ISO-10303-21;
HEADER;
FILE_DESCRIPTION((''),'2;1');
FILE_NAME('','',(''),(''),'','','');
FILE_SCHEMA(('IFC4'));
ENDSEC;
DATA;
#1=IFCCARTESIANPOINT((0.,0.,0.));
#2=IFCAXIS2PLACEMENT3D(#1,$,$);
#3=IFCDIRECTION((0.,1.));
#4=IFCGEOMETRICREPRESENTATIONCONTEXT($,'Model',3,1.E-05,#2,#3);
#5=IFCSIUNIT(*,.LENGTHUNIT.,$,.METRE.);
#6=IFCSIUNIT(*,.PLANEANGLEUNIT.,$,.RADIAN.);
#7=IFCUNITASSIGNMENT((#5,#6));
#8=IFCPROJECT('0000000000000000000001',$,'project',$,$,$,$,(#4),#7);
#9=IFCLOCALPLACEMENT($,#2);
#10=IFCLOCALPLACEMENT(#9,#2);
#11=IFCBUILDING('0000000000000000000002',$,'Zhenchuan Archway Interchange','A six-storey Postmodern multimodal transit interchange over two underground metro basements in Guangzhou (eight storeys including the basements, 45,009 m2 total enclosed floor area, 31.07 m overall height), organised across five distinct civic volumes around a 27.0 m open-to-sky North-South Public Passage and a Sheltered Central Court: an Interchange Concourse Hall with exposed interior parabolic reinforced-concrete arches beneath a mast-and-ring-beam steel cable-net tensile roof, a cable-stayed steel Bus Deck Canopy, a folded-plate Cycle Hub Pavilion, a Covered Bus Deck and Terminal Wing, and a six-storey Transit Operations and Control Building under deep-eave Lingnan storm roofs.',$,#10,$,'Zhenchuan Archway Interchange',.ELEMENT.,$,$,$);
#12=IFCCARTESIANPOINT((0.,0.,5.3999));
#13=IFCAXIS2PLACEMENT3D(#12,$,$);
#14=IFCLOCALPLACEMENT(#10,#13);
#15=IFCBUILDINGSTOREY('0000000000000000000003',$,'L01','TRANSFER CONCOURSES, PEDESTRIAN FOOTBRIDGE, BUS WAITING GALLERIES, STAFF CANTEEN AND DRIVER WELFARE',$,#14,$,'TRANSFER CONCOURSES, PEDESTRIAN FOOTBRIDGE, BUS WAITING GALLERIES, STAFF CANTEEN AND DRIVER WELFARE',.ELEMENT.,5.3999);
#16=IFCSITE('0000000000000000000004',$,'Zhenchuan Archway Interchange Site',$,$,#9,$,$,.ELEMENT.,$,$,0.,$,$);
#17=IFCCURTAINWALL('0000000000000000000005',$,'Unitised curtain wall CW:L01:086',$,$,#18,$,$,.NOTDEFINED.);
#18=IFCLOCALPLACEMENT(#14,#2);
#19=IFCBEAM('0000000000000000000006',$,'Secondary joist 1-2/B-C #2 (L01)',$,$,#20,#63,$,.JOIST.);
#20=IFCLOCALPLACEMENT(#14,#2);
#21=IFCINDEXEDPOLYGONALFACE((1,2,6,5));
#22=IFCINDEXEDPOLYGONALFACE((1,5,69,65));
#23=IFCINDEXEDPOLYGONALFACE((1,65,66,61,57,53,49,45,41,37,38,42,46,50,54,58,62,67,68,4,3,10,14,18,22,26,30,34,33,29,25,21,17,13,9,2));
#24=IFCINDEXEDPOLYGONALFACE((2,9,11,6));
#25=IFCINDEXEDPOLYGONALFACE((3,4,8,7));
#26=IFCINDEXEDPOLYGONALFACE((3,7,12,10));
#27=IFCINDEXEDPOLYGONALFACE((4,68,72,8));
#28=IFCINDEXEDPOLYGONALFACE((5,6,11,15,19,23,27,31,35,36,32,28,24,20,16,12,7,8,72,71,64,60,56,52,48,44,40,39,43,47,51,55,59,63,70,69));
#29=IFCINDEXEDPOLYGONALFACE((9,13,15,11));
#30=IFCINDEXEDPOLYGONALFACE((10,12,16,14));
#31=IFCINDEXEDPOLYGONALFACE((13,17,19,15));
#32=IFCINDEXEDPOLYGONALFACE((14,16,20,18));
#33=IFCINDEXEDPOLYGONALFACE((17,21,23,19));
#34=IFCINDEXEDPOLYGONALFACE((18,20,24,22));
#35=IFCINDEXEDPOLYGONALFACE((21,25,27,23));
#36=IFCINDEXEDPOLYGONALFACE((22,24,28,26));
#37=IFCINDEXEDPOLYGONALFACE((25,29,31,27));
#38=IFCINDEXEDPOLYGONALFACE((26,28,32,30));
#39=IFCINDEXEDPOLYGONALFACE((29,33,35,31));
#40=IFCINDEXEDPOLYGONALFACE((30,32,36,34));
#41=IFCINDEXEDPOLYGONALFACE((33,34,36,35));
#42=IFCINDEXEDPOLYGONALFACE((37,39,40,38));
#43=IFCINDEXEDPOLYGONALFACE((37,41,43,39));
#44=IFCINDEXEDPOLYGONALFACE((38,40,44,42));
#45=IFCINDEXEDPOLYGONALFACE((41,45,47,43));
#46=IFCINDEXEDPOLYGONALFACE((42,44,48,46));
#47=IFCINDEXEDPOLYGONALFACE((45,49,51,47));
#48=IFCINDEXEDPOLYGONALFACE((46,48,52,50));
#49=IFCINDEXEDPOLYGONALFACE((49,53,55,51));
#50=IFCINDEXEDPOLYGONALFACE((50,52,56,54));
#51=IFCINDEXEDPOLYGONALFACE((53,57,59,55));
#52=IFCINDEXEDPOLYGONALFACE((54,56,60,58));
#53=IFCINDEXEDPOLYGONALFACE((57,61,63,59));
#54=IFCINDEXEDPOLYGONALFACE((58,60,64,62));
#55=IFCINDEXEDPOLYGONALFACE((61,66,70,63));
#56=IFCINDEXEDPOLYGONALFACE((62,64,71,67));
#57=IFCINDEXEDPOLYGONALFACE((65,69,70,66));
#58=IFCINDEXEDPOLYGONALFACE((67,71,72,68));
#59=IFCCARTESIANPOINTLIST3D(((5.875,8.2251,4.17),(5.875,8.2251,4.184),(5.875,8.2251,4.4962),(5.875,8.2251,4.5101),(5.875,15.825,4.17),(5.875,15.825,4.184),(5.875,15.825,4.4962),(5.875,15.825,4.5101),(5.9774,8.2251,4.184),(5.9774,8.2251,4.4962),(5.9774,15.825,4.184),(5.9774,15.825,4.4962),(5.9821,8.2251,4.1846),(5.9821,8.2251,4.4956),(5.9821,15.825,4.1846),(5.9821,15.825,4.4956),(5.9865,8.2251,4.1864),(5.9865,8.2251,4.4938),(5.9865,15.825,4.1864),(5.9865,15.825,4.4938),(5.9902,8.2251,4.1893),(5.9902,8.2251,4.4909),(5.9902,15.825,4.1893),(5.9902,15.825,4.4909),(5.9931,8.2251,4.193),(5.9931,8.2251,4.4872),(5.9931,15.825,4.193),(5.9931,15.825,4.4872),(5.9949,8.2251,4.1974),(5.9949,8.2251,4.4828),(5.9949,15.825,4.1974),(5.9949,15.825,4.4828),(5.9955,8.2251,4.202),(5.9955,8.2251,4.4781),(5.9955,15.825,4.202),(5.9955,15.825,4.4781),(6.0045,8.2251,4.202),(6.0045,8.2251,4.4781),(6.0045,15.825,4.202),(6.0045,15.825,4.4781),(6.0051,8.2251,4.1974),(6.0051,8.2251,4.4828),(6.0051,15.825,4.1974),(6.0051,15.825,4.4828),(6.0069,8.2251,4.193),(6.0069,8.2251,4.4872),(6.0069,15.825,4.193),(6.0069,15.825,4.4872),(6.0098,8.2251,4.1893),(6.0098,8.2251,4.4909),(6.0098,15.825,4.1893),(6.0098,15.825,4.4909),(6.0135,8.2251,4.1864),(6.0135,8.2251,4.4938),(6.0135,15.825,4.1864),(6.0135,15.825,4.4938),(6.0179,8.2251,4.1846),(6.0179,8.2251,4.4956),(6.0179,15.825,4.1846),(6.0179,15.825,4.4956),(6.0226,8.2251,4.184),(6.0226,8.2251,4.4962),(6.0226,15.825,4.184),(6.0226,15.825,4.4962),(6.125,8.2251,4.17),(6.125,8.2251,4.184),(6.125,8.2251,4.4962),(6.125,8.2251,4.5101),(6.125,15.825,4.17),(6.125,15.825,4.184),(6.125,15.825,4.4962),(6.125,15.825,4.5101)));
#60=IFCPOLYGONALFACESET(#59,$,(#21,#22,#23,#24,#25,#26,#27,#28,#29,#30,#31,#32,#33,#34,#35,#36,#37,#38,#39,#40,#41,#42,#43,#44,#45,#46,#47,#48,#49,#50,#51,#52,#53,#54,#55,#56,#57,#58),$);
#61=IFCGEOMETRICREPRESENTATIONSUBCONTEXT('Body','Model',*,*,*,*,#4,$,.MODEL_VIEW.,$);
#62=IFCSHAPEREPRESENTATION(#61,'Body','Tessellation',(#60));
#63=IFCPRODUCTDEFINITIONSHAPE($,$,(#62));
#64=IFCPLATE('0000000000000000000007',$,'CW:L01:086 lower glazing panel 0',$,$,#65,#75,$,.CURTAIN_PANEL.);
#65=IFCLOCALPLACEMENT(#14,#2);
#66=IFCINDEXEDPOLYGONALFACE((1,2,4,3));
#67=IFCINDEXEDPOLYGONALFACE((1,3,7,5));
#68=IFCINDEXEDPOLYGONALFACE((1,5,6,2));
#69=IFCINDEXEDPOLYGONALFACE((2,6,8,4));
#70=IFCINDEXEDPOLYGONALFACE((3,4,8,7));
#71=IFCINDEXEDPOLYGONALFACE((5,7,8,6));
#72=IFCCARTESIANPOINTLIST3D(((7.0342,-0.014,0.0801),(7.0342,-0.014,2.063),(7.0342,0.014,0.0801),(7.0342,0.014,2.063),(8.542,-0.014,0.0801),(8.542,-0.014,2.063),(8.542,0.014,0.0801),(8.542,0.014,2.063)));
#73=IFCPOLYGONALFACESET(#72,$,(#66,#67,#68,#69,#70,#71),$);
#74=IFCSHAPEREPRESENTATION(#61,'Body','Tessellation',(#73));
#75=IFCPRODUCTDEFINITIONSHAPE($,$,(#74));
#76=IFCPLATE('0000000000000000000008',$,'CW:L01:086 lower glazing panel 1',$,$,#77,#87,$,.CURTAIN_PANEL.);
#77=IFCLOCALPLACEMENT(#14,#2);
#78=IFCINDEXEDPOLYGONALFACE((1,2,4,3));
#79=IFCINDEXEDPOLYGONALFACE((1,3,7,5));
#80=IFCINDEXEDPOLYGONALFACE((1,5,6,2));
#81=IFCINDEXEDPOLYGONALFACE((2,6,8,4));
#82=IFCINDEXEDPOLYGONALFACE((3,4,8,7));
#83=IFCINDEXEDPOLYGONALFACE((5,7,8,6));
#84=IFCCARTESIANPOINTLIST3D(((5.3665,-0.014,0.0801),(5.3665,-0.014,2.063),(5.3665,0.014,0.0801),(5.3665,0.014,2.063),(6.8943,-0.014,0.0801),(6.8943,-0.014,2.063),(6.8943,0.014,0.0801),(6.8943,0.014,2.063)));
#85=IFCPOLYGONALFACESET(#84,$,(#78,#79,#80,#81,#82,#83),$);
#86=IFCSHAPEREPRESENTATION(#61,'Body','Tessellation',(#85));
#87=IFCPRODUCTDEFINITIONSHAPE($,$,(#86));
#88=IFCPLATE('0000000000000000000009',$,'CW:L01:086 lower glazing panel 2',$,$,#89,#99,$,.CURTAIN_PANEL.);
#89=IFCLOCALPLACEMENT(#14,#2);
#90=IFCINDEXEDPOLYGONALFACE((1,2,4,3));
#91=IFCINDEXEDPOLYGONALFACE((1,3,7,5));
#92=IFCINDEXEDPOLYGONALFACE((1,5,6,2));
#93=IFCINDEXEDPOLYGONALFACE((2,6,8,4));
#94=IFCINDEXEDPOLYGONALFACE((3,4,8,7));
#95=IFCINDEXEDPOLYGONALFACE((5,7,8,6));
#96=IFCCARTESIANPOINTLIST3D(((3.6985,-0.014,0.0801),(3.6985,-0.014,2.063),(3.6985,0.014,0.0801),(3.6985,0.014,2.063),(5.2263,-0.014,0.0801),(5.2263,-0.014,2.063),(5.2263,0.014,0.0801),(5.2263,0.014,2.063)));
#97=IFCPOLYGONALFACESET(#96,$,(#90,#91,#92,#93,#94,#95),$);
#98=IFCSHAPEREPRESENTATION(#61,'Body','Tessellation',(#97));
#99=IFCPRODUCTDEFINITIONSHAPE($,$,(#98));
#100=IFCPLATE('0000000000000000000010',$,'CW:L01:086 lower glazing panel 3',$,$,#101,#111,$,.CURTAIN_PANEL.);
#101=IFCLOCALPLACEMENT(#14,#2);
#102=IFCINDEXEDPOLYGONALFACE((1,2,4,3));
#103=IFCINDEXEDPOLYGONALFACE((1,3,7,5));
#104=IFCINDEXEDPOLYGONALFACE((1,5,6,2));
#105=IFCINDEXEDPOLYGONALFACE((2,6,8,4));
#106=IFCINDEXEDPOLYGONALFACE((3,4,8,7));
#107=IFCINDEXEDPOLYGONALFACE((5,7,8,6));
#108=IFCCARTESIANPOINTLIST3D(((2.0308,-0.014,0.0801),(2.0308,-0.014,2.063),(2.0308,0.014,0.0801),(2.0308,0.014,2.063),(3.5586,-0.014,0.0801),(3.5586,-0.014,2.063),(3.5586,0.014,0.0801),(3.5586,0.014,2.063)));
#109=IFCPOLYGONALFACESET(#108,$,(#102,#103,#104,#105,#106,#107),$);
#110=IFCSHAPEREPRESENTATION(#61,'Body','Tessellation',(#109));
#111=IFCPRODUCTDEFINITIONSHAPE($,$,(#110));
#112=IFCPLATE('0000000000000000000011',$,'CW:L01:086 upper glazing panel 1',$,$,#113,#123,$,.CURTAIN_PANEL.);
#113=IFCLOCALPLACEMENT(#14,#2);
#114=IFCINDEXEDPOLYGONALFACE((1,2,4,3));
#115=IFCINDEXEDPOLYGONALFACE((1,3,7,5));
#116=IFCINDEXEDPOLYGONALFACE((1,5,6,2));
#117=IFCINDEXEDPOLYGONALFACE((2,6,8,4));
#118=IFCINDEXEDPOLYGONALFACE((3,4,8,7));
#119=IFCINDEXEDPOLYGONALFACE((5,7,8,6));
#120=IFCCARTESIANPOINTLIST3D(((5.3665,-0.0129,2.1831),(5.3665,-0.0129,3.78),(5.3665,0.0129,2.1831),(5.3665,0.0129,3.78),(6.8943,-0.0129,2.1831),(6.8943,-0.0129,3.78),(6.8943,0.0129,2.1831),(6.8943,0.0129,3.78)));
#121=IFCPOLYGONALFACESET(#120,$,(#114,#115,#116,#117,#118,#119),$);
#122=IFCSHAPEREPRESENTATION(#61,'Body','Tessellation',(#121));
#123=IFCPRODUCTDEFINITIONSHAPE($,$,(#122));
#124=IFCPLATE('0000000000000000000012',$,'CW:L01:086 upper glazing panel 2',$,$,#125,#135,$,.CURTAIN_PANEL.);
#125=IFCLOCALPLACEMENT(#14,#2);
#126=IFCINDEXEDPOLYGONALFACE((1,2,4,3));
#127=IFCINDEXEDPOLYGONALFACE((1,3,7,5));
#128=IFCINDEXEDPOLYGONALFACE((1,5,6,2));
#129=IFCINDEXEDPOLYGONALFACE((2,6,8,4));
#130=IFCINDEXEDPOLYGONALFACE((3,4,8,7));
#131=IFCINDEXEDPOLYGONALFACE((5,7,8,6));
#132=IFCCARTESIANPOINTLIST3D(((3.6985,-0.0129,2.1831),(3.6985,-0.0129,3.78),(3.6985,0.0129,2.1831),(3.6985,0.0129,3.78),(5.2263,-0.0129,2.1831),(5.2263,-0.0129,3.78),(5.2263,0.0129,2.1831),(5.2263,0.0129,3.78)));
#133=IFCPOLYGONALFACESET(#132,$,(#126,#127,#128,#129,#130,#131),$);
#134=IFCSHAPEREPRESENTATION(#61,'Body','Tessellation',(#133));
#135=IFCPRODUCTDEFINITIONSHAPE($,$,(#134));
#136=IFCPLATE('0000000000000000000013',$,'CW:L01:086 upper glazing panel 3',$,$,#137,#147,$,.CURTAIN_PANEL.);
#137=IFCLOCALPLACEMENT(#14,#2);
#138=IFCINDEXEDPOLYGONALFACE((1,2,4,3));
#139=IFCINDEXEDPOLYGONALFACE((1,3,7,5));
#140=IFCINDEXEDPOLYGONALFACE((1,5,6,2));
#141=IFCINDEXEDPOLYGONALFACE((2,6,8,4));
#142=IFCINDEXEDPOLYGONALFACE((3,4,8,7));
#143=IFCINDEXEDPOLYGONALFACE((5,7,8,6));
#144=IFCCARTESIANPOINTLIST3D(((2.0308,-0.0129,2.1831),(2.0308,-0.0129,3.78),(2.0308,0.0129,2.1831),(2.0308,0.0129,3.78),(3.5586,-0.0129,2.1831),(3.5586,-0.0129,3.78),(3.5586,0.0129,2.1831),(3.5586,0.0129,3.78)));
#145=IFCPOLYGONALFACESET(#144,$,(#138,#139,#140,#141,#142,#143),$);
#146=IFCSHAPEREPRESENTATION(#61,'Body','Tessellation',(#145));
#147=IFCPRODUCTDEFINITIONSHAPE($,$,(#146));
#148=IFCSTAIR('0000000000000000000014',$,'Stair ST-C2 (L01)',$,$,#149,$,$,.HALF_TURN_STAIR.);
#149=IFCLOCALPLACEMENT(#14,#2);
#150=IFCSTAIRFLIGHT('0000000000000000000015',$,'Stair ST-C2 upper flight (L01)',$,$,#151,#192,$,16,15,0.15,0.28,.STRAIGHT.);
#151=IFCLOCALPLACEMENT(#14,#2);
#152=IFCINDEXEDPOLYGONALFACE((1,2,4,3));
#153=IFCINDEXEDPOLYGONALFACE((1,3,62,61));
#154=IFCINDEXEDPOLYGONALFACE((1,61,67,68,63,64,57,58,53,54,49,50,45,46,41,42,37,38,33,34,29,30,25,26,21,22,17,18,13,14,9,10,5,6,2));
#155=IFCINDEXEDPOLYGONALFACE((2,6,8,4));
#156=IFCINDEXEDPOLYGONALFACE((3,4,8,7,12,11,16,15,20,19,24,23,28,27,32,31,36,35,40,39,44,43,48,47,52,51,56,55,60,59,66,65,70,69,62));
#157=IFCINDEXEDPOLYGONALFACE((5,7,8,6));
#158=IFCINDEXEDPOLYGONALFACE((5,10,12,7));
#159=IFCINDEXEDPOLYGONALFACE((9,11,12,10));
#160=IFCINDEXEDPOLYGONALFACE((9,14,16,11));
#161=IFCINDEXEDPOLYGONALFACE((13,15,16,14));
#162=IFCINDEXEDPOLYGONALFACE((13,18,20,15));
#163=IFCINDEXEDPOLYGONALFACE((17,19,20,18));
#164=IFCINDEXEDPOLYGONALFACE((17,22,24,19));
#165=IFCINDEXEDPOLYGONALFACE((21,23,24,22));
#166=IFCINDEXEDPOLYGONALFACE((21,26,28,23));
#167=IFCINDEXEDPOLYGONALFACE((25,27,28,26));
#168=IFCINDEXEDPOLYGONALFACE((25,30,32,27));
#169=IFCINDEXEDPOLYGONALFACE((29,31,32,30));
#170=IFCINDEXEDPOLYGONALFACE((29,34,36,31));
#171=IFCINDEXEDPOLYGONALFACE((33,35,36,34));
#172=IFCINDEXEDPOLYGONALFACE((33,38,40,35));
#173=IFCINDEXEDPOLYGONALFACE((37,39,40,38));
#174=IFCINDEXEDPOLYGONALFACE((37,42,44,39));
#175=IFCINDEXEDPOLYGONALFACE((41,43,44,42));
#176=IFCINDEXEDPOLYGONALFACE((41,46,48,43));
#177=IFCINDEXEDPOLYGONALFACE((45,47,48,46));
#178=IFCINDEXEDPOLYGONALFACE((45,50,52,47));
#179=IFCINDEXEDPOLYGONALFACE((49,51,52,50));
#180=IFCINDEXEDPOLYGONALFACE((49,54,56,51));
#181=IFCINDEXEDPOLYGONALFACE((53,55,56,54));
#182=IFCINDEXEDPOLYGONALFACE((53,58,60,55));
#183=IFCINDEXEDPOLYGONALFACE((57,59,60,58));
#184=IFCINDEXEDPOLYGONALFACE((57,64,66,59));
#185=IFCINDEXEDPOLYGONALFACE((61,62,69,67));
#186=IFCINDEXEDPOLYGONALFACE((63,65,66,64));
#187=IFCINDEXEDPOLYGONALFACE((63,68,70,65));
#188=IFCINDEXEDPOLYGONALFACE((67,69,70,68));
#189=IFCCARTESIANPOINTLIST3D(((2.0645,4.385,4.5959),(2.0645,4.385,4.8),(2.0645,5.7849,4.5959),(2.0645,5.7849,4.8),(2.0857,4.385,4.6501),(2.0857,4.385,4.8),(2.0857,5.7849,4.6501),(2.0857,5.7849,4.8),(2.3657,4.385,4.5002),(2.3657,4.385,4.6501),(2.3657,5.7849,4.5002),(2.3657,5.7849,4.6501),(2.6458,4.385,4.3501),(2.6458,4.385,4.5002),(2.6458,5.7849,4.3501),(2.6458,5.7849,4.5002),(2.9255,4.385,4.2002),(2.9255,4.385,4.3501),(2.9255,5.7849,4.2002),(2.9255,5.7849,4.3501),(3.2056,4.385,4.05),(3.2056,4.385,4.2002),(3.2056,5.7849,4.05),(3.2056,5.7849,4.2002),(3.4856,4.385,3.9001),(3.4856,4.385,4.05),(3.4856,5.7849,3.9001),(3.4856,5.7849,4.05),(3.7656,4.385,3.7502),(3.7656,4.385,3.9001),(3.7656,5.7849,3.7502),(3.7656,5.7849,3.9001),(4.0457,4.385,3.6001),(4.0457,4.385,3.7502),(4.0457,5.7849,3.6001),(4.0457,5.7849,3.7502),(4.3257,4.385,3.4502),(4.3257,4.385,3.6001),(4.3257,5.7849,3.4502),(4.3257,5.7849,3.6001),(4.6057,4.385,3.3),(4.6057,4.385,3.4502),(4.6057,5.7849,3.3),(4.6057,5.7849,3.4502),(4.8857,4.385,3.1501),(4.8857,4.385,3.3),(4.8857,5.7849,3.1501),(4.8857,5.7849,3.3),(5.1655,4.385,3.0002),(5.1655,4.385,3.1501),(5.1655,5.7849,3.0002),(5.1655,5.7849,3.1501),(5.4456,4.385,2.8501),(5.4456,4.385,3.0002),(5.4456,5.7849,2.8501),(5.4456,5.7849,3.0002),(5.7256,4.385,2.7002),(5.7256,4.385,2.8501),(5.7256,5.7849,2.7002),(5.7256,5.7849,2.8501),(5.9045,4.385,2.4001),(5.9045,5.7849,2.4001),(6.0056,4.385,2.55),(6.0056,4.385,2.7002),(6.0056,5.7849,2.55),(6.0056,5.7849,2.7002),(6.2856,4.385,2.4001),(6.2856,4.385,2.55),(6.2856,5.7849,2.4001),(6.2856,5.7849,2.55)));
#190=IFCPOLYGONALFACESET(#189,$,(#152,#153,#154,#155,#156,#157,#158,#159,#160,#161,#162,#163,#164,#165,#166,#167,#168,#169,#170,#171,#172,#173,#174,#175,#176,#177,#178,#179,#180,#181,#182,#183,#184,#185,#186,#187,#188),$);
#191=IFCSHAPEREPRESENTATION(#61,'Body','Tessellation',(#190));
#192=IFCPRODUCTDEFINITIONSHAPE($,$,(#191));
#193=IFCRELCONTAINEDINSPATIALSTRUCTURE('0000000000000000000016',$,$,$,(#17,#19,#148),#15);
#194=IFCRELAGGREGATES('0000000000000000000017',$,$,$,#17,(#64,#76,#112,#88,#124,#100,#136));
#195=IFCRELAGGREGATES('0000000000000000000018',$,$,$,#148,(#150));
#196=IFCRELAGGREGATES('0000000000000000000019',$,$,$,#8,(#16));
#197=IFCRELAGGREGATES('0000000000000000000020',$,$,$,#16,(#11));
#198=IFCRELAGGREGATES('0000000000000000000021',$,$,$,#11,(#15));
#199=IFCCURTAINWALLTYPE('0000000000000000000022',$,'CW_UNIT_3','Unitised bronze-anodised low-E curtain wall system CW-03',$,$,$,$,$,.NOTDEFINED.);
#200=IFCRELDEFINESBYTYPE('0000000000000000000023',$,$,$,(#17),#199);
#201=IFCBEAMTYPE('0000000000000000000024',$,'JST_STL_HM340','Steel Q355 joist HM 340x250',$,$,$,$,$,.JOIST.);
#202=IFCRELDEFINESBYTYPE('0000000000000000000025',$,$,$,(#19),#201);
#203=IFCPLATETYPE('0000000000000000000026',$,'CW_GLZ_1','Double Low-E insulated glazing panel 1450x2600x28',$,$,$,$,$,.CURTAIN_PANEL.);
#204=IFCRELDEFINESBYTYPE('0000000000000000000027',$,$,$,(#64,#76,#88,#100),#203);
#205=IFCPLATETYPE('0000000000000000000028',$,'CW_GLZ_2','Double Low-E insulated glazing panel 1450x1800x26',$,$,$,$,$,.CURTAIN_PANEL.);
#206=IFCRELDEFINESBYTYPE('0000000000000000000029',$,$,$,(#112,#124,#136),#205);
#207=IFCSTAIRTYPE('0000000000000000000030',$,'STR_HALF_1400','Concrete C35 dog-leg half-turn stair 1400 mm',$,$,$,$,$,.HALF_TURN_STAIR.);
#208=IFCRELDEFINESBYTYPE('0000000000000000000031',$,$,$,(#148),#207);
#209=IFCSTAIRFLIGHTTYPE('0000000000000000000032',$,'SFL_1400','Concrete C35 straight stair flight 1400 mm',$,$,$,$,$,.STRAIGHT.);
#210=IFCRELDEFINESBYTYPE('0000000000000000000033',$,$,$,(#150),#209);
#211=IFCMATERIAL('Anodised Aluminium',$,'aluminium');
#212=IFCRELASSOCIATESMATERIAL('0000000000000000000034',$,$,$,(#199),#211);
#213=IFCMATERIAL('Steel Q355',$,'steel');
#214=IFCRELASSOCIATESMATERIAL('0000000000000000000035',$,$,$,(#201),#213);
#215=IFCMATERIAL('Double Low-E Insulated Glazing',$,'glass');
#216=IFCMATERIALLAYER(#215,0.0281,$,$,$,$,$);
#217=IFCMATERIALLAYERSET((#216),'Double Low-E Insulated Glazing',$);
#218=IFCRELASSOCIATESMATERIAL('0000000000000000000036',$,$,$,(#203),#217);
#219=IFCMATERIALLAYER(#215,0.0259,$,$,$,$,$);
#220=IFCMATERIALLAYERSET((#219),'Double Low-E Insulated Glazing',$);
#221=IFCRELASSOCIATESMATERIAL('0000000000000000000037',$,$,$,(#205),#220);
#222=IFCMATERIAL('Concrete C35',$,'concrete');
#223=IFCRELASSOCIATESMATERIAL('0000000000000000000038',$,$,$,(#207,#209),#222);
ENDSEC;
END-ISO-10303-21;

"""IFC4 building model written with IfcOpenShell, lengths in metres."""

from ifc_helpers import new_model, si_unit, direction, frame, origin, origin_2d, place, context, subcontext, project, spatial, polyline, rectangle, i_section, outline, extrude, material, layer, layer_set, material_profile, profile_set, type_object, element, aggregate, save


model = new_model("IFC4")

# Units and contexts
model_context = context("Model", 3, precision=1e-05, world=origin(), true_north=direction((0.0, 1.0)))
body_context = subcontext(model_context, "Body", "Model", "MODEL_VIEW")
ifc_project = project(units=[si_unit("LENGTHUNIT", "METRE"), si_unit("PLANEANGLEUNIT", "RADIAN")], contexts=[model_context])

# Site, building, storey
site_placement = place(None, origin())
site = spatial("IfcSite", under=ifc_project, at=site_placement, Name="Zhenchuan Archway Interchange Site", CompositionType="ELEMENT", RefElevation=0.0)
building_placement = place(site_placement, origin())
building = spatial("IfcBuilding", under=site, at=building_placement, Name="Zhenchuan Archway Interchange", Description="A six-storey Postmodern multimodal transit interchange over two underground metro basements in Guangzhou (eight storeys including the basements, 45,009 m2 total enclosed floor area, 31.07 m overall height), organised across five distinct civic volumes around a 27.0 m open-to-sky North-South Public Passage and a Sheltered Central Court: an Interchange Concourse Hall with exposed interior parabolic reinforced-concrete arches beneath a mast-and-ring-beam steel cable-net tensile roof, a cable-stayed steel Bus Deck Canopy, a folded-plate Cycle Hub Pavilion, a Covered Bus Deck and Terminal Wing, and a six-storey Transit Operations and Control Building under deep-eave Lingnan storm roofs.", LongName="Zhenchuan Archway Interchange", CompositionType="ELEMENT")
storey_placement = place(building_placement, frame((0.0, 0.0, 5.3999)))
storey = spatial("IfcBuildingStorey", under=building, at=storey_placement, Name="L01", Description="TRANSFER CONCOURSES, PEDESTRIAN FOOTBRIDGE, BUS WAITING GALLERIES, STAFF CANTEEN AND DRIVER WELFARE", LongName="TRANSFER CONCOURSES, PEDESTRIAN FOOTBRIDGE, BUS WAITING GALLERIES, STAFF CANTEEN AND DRIVER WELFARE", CompositionType="ELEMENT", Elevation=5.3999)

# Curtain wall
ifc_material_1 = material(Name="Anodised Aluminium", Category="aluminium")
curtain_wall_type = type_object("IfcCurtainWallType", Name="CW_UNIT_3", Description="Unitised bronze-anodised low-E curtain wall system CW-03", PredefinedType="NOTDEFINED", material=ifc_material_1)
curtain_wall_placement = place(storey_placement, origin())
curtain_wall = element("IfcCurtainWall", 1, at=curtain_wall_placement, inside=storey, type_object=curtain_wall_type, Name="Unitised curtain wall CW:L01:086", PredefinedType="NOTDEFINED")

# Beam
ifc_material_2 = material(Name="Steel Q355", Category="steel")
ifc_material_profile_1 = material_profile(ifc_material_2, i_section(OverallWidth=0.25, OverallDepth=0.3401, WebThickness=0.009, FlangeThickness=0.0139, FilletRadius=0.0181, at=origin_2d()), Name="HM 340x250")
ifc_profile_set_1 = profile_set([ifc_material_profile_1], Name="Steel Q355")
beam_type = type_object("IfcBeamType", Name="JST_STL_HM340", Description="Steel Q355 joist HM 340x250", PredefinedType="JOIST", material=ifc_profile_set_1)
for number, where, z_axis, x_axis, name in (
    (2, (6.0, 8.2251, 4.3401), (0.0, 1.0, 0.0), (-1.0, 0.0, 0.0), "Secondary joist 1-2/B-C #2 (L01)"),
):
    element("IfcBeam", number, at=place(storey_placement, frame(where, z_axis=z_axis, x_axis=x_axis)), inside=storey, type_object=beam_type, Name=name, PredefinedType="JOIST", context=body_context, shape_type="SweptSolid", body=[
        extrude(i_section(OverallWidth=0.25, OverallDepth=0.3401, WebThickness=0.009, FlangeThickness=0.0139, FilletRadius=0.0181, at=origin_2d()), origin(), (0.0, 0.0, 1.0), 7.5999),
    ])

# Plates
ifc_material_3 = material(Name="Double Low-E Insulated Glazing", Category="glass")
ifc_layer_1 = layer(ifc_material_3, 0.0281)
ifc_layer_set_1 = layer_set([ifc_layer_1], Name="Double Low-E Insulated Glazing")
plate_type_1 = type_object("IfcPlateType", Name="CW_GLZ_1", Description="Double Low-E insulated glazing panel 1450x2600x28", PredefinedType="CURTAIN_PANEL", material=ifc_layer_set_1)
plate_1_placement = place(storey_placement, frame((7.7881, 0.0, 0.0801), z_axis=(0.0, 0.0, 1.0), x_axis=(-1.0, 0.0, 0.0)))
plate_1 = element("IfcPlate", 3, at=plate_1_placement, type_object=plate_type_1, Name="CW:L01:086 lower glazing panel 0", PredefinedType="CURTAIN_PANEL", context=body_context, shape_type="SweptSolid", body=[
    extrude(rectangle(XDim=1.5078, YDim=0.0281, at=origin_2d()), origin(), (0.0, 0.0, 1.0), 1.9829),
])
plate_2_placement = place(storey_placement, frame((6.1304, 0.0, 0.0801), z_axis=(0.0, 0.0, 1.0), x_axis=(-1.0, 0.0, 0.0)))
plate_2 = element("IfcPlate", 4, at=plate_2_placement, type_object=plate_type_1, Name="CW:L01:086 lower glazing panel 1", PredefinedType="CURTAIN_PANEL", context=body_context, shape_type="SweptSolid", body=[
    extrude(rectangle(XDim=1.5278, YDim=0.0281, at=origin_2d()), origin(), (0.0, 0.0, 1.0), 1.9829),
])
plate_3_placement = place(storey_placement, frame((4.4624, 0.0, 0.0801), z_axis=(0.0, 0.0, 1.0), x_axis=(-1.0, 0.0, 0.0)))
plate_3 = element("IfcPlate", 5, at=plate_3_placement, type_object=plate_type_1, Name="CW:L01:086 lower glazing panel 2", PredefinedType="CURTAIN_PANEL", context=body_context, shape_type="SweptSolid", body=[
    extrude(rectangle(XDim=1.5278, YDim=0.0281, at=origin_2d()), origin(), (0.0, 0.0, 1.0), 1.9829),
])
plate_4_placement = place(storey_placement, frame((2.7947, 0.0, 0.0801), z_axis=(0.0, 0.0, 1.0), x_axis=(-1.0, 0.0, 0.0)))
plate_4 = element("IfcPlate", 6, at=plate_4_placement, type_object=plate_type_1, Name="CW:L01:086 lower glazing panel 3", PredefinedType="CURTAIN_PANEL", context=body_context, shape_type="SweptSolid", body=[
    extrude(rectangle(XDim=1.5278, YDim=0.0281, at=origin_2d()), origin(), (0.0, 0.0, 1.0), 1.9829),
])
ifc_layer_2 = layer(ifc_material_3, 0.0259)
ifc_layer_set_2 = layer_set([ifc_layer_2], Name="Double Low-E Insulated Glazing")
plate_type_2 = type_object("IfcPlateType", Name="CW_GLZ_2", Description="Double Low-E insulated glazing panel 1450x1800x26", PredefinedType="CURTAIN_PANEL", material=ifc_layer_set_2)
plate_5_placement = place(storey_placement, frame((6.1304, 0.0, 2.1831), z_axis=(0.0, 0.0, 1.0), x_axis=(-1.0, 0.0, 0.0)))
plate_5 = element("IfcPlate", 7, at=plate_5_placement, type_object=plate_type_2, Name="CW:L01:086 upper glazing panel 1", PredefinedType="CURTAIN_PANEL", context=body_context, shape_type="SweptSolid", body=[
    extrude(rectangle(XDim=1.5278, YDim=0.0259, at=origin_2d()), origin(), (0.0, 0.0, 1.0), 1.5969),
])
plate_6_placement = place(storey_placement, frame((4.4624, 0.0, 2.1831), z_axis=(0.0, 0.0, 1.0), x_axis=(-1.0, 0.0, 0.0)))
plate_6 = element("IfcPlate", 8, at=plate_6_placement, type_object=plate_type_2, Name="CW:L01:086 upper glazing panel 2", PredefinedType="CURTAIN_PANEL", context=body_context, shape_type="SweptSolid", body=[
    extrude(rectangle(XDim=1.5278, YDim=0.0259, at=origin_2d()), origin(), (0.0, 0.0, 1.0), 1.5969),
])
plate_7_placement = place(storey_placement, frame((2.7947, 0.0, 2.1831), z_axis=(0.0, 0.0, 1.0), x_axis=(-1.0, 0.0, 0.0)))
plate_7 = element("IfcPlate", 9, at=plate_7_placement, type_object=plate_type_2, Name="CW:L01:086 upper glazing panel 3", PredefinedType="CURTAIN_PANEL", context=body_context, shape_type="SweptSolid", body=[
    extrude(rectangle(XDim=1.5278, YDim=0.0259, at=origin_2d()), origin(), (0.0, 0.0, 1.0), 1.5969),
])
aggregate(curtain_wall, [plate_1, plate_2, plate_5, plate_3, plate_6, plate_4, plate_7])

# Stair, stair flight
ifc_material_4 = material(Name="Concrete C35", Category="concrete")
stair_type = type_object("IfcStairType", Name="STR_HALF_1400", Description="Concrete C35 dog-leg half-turn stair 1400 mm", PredefinedType="HALF_TURN_STAIR", material=ifc_material_4)
stair_placement = place(storey_placement, origin())
stair = element("IfcStair", 10, at=stair_placement, inside=storey, type_object=stair_type, Name="Stair ST-C2 (L01)", PredefinedType="HALF_TURN_STAIR")
stair_flight_type = type_object("IfcStairFlightType", Name="SFL_1400", Description="Concrete C35 straight stair flight 1400 mm", PredefinedType="STRAIGHT", material=ifc_material_4)
stair_flight_placement = place(storey_placement, frame((6.2856, 5.085, 2.4001), z_axis=(0.0, 0.0, 1.0), x_axis=(-1.0, 0.0, 0.0)))
stair_flight = element("IfcStairFlight", 11, at=stair_flight_placement, type_object=stair_flight_type, Name="Stair ST-C2 upper flight (L01)", NumberOfRisers=16, NumberOfTreads=15, PredefinedType="STRAIGHT", RiserHeight=0.15, TreadLength=0.28, context=body_context, shape_type="SweptSolid", body=[
    extrude(outline(polyline([(0.0, 0.0), (0.0, 0.1499), (0.28, 0.1499), (0.28, 0.3), (0.5601, 0.3), (0.5601, 0.45), (0.8401, 0.45), (0.8401, 0.6001), (1.1201, 0.6001), (1.1201, 0.75), (1.3999, 0.75), (1.3999, 0.8999), (1.6799, 0.8999), (1.6799, 1.05), (1.96, 1.05), (1.96, 1.2), (2.24, 1.2), (2.24, 1.3501), (2.52, 1.3501), (2.52, 1.5), (2.8, 1.5), (2.8, 1.6499), (3.0801, 1.6499), (3.0801, 1.8), (3.3601, 1.8), (3.3601, 1.95), (3.6399, 1.95), (3.6399, 2.1001), (3.9199, 2.1001), (3.9199, 2.25), (4.2, 2.25), (4.2, 2.3999), (4.2212, 2.3999), (4.2212, 2.1958), (0.3811, 0.0), (0.0, 0.0)])), frame((0.0, 0.7, 0.0), z_axis=(0.0, -1.0, 0.0), x_axis=(1.0, 0.0, 0.0)), (0.0, 0.0, 1.0), 1.3999),
])
aggregate(stair, [stair_flight])

save(model, "model.ifc")
